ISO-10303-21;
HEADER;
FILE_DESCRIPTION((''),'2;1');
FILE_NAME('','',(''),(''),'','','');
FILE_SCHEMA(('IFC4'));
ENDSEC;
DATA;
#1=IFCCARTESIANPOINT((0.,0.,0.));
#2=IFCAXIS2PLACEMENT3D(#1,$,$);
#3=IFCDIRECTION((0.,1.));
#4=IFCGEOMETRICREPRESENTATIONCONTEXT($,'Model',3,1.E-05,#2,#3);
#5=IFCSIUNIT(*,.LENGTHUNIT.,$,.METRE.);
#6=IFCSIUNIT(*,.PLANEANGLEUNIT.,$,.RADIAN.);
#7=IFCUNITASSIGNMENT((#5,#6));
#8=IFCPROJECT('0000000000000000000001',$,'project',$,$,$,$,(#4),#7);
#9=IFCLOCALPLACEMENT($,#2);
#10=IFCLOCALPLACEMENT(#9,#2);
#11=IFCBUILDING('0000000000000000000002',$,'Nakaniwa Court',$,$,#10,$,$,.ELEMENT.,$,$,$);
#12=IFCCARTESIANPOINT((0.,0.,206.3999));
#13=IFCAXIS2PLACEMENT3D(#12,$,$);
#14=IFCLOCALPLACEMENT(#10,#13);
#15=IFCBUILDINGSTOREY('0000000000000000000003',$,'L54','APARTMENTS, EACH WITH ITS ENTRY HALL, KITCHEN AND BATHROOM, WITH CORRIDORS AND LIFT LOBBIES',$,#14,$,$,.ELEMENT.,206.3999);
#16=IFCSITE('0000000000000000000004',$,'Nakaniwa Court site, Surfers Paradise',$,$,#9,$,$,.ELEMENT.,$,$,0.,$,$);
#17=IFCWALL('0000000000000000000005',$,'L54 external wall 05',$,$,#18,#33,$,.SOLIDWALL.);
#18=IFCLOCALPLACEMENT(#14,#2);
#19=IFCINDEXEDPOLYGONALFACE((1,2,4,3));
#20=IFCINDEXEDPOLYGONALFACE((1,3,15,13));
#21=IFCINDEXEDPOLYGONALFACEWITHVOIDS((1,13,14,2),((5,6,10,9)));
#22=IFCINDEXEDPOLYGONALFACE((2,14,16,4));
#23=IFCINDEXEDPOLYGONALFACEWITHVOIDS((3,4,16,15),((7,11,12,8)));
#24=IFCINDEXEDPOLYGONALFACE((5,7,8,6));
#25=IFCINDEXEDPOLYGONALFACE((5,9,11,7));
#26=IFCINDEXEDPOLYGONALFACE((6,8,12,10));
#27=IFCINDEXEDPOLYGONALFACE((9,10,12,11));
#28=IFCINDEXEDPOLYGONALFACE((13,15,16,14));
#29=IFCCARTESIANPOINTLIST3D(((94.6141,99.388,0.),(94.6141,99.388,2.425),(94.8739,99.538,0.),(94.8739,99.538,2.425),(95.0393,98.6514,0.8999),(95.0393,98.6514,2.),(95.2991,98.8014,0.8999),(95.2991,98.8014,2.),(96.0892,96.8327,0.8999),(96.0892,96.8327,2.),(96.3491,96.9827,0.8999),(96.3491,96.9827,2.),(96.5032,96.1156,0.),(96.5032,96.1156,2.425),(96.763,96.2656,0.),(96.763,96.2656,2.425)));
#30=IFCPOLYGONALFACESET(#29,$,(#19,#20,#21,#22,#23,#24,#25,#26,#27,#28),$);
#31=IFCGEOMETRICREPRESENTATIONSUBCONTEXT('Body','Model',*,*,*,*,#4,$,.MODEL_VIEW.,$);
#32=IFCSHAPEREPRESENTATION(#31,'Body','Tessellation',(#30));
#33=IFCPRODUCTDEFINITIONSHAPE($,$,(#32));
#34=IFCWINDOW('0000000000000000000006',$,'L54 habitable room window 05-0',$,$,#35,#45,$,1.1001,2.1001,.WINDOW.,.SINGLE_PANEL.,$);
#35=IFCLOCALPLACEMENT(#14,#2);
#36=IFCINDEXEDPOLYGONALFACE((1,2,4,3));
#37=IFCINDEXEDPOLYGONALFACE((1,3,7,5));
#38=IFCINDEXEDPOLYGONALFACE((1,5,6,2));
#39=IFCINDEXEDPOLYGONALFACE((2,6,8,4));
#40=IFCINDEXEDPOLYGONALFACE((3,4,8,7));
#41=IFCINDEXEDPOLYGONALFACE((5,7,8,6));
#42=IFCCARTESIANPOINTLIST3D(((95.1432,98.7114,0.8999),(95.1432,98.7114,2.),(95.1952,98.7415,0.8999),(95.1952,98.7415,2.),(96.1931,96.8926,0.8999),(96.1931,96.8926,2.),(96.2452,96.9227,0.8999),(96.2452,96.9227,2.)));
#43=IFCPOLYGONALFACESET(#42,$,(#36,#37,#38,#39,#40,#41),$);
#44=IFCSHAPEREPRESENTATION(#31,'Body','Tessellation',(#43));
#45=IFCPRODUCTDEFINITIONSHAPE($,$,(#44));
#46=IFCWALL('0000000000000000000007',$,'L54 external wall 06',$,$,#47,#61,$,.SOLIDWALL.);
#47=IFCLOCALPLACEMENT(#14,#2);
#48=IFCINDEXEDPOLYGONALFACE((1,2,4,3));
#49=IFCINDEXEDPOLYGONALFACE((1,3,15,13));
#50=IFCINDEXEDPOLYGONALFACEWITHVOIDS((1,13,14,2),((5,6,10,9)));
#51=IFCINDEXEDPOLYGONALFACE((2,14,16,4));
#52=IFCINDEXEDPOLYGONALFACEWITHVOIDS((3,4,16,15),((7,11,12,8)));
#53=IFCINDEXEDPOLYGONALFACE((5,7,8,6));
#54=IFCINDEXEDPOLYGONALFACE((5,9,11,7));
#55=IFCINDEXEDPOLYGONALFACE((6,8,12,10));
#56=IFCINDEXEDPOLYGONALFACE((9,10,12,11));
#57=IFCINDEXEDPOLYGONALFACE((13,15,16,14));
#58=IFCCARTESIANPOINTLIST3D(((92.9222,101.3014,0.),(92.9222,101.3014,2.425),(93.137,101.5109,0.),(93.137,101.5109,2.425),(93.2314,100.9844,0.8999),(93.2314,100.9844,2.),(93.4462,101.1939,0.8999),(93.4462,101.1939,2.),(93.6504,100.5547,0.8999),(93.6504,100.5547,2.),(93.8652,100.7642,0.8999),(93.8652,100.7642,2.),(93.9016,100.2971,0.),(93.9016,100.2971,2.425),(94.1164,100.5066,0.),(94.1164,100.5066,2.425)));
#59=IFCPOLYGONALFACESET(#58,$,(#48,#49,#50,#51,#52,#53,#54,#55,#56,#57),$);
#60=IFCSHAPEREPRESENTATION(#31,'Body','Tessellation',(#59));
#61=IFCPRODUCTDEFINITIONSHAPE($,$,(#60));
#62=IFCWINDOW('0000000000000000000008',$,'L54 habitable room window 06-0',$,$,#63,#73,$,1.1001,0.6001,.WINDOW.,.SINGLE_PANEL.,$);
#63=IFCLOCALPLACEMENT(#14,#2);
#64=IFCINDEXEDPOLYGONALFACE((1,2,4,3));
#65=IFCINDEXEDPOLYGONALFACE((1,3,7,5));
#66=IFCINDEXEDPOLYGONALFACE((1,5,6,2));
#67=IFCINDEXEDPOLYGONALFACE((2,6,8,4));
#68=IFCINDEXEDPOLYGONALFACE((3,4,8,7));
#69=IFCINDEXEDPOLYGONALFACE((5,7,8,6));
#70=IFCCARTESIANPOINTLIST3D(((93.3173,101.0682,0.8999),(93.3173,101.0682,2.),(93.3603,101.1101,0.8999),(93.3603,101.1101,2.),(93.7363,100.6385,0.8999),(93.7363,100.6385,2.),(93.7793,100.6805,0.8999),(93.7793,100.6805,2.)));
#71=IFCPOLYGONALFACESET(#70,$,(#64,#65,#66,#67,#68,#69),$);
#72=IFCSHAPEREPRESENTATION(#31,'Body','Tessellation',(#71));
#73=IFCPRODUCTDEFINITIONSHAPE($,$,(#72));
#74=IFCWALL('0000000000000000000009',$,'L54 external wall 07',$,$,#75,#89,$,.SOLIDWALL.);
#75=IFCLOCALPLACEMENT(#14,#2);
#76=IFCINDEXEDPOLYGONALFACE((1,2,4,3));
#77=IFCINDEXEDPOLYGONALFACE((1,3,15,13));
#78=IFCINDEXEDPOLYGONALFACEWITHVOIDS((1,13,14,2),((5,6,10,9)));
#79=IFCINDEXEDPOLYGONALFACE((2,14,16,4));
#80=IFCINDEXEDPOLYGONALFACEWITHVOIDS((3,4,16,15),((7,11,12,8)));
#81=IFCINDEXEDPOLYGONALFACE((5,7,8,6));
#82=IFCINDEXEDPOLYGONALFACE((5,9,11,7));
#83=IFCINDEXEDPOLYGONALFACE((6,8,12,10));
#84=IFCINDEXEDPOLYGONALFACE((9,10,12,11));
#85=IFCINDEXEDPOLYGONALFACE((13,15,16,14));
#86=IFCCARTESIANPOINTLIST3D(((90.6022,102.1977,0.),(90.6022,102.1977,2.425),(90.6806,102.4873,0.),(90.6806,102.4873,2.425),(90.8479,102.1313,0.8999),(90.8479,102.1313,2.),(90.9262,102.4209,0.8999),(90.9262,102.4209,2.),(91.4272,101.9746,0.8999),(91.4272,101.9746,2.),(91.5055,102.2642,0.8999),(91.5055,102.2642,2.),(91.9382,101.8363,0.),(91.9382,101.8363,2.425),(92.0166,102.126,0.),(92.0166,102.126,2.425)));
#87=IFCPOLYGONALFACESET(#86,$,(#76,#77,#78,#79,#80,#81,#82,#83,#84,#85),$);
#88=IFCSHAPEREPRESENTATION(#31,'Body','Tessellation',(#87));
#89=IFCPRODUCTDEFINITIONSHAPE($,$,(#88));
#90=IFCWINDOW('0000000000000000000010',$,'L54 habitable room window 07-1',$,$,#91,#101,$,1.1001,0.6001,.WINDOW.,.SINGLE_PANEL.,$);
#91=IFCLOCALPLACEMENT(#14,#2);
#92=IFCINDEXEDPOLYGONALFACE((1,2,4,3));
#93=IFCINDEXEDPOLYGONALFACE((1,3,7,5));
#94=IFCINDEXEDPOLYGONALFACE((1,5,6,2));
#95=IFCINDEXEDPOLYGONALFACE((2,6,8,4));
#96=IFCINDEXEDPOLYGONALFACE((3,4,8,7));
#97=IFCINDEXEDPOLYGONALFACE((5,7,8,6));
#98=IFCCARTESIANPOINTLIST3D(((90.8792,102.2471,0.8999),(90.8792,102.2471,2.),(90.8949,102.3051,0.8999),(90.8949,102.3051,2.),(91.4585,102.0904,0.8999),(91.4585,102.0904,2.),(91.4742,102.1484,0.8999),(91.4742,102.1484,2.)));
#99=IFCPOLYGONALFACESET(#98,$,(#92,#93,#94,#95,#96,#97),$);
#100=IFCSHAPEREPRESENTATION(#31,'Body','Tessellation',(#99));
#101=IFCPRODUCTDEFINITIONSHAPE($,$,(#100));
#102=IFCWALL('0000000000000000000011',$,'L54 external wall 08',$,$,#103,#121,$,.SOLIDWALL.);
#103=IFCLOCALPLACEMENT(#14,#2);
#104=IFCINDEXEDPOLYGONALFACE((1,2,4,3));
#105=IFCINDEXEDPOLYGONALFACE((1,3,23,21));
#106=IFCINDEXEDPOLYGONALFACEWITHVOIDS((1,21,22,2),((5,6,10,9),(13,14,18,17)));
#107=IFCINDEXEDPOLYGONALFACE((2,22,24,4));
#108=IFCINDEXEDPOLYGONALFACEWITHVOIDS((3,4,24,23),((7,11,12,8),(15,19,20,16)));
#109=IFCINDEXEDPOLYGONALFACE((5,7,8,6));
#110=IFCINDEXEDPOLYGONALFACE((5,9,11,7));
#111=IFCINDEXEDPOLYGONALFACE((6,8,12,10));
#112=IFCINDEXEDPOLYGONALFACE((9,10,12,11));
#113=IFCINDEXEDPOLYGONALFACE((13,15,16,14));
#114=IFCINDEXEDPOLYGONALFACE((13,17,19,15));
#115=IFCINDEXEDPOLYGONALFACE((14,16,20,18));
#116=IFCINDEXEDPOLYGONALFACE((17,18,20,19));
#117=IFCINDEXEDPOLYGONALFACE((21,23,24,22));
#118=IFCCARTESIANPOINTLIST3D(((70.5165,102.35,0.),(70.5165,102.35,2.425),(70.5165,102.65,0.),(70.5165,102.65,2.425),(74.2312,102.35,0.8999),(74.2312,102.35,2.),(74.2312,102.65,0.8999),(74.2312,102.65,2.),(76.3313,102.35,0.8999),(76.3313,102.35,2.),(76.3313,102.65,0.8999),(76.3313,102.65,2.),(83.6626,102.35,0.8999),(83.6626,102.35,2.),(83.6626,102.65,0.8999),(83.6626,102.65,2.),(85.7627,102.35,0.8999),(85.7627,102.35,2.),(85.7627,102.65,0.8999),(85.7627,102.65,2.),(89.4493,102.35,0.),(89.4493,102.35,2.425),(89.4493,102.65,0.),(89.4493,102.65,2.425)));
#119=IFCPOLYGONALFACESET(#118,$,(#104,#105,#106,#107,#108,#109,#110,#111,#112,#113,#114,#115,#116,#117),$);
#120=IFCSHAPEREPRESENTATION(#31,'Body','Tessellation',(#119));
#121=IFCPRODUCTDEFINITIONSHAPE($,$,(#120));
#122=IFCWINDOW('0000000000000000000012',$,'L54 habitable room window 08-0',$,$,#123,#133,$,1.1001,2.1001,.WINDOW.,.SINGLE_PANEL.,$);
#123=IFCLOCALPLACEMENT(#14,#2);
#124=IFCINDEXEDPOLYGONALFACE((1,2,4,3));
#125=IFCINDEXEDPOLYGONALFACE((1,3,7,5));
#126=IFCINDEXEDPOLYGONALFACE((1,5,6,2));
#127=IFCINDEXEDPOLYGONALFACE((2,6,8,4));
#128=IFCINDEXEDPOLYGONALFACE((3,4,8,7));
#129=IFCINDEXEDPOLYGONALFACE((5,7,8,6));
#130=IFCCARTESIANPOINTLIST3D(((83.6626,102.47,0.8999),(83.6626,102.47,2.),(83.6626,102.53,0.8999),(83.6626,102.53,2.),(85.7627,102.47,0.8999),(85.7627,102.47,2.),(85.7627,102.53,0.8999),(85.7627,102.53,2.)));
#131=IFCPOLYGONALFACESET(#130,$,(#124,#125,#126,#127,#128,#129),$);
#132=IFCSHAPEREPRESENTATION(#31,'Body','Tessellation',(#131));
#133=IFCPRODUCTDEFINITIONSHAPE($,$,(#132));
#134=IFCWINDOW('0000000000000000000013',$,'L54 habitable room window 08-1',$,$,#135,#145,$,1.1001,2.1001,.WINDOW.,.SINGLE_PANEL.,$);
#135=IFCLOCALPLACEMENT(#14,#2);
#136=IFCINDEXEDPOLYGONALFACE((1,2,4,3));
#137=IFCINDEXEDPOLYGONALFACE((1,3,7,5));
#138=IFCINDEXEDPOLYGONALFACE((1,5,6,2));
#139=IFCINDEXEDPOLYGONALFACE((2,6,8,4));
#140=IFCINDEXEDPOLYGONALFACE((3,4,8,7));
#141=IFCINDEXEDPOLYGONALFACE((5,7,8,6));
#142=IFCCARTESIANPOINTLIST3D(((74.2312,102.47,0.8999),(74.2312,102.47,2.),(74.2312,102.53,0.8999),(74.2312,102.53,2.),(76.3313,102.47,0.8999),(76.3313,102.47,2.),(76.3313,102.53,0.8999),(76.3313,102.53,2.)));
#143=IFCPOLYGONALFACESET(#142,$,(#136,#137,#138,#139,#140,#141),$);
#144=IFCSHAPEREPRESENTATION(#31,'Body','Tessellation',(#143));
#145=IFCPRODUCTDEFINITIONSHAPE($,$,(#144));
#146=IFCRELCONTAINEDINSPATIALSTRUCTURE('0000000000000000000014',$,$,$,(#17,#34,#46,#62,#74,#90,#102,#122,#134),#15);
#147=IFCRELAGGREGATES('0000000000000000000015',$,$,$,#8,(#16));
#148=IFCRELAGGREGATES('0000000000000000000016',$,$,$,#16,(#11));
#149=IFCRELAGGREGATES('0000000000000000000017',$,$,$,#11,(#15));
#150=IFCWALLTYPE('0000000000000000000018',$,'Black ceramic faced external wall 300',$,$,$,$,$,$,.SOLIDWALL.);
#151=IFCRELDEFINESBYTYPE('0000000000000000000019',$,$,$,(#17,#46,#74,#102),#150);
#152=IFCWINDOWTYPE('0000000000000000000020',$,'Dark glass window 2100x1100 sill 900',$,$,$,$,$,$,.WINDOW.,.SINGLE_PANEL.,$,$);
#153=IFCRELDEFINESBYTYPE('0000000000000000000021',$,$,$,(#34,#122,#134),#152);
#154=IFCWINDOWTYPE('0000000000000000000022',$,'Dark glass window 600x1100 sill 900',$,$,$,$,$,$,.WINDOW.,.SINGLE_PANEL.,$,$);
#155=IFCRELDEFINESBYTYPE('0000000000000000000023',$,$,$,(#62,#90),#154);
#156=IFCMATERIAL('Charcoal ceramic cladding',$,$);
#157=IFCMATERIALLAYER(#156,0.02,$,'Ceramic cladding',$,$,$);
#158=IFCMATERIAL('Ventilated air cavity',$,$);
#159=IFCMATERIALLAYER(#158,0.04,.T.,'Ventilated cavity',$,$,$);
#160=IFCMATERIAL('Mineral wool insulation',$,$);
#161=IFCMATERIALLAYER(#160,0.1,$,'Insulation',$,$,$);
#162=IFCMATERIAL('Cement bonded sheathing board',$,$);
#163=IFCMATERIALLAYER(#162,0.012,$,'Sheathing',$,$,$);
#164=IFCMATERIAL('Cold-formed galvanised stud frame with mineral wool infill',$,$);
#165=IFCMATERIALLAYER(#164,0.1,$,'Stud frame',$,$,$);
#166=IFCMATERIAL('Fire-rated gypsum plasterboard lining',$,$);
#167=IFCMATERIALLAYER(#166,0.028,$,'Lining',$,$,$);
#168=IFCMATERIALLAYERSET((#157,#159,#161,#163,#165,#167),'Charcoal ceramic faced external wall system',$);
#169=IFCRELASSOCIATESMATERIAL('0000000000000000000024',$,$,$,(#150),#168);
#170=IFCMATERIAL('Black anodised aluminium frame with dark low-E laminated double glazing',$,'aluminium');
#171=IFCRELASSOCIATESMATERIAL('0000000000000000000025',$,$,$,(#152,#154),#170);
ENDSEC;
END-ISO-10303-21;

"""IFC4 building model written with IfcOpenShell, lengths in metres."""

from ifc_helpers import new_model, si_unit, direction, frame, frame_2d, origin, place, context, subcontext, project, spatial, rectangle, extrude, material, layer, layer_set, type_object, element, fill, save


model = new_model("IFC4")

# Units and contexts
model_context = context("Model", 3, precision=1e-05, world=origin(), true_north=direction((0.0, 1.0)))
body_context = subcontext(model_context, "Body", "Model", "MODEL_VIEW")
ifc_project = project(units=[si_unit("LENGTHUNIT", "METRE"), si_unit("PLANEANGLEUNIT", "RADIAN")], contexts=[model_context])

# Site, building, storey
site_placement = place(None, origin())
site = spatial("IfcSite", under=ifc_project, at=site_placement, Name="Nakaniwa Court site, Surfers Paradise", CompositionType="ELEMENT", RefElevation=0.0)
building_placement = place(site_placement, origin())
building = spatial("IfcBuilding", under=site, at=building_placement, Name="Nakaniwa Court", CompositionType="ELEMENT")
storey_placement = place(building_placement, frame((0.0, 0.0, 206.3999)))
storey = spatial("IfcBuildingStorey", under=building, at=storey_placement, Name="L54", Description="APARTMENTS, EACH WITH ITS ENTRY HALL, KITCHEN AND BATHROOM, WITH CORRIDORS AND LIFT LOBBIES", CompositionType="ELEMENT", Elevation=206.3999)

# Walls, openings, windows
ifc_material_1 = material(Name="Charcoal ceramic cladding")
ifc_layer_1 = layer(ifc_material_1, 0.02, Name="Ceramic cladding")
ifc_material_2 = material(Name="Ventilated air cavity")
ifc_layer_2 = layer(ifc_material_2, 0.04, ventilated=True, Name="Ventilated cavity")
ifc_material_3 = material(Name="Mineral wool insulation")
ifc_layer_3 = layer(ifc_material_3, 0.1, Name="Insulation")
ifc_material_4 = material(Name="Cement bonded sheathing board")
ifc_layer_4 = layer(ifc_material_4, 0.012, Name="Sheathing")
ifc_material_5 = material(Name="Cold-formed galvanised stud frame with mineral wool infill")
ifc_layer_5 = layer(ifc_material_5, 0.1, Name="Stud frame")
ifc_material_6 = material(Name="Fire-rated gypsum plasterboard lining")
ifc_layer_6 = layer(ifc_material_6, 0.028, Name="Lining")
ifc_layer_set_1 = layer_set([ifc_layer_1, ifc_layer_2, ifc_layer_3, ifc_layer_4, ifc_layer_5, ifc_layer_6], Name="Charcoal ceramic faced external wall system")
wall_type_1 = type_object("IfcWallType", Name="Black ceramic faced external wall 300", PredefinedType="SOLIDWALL", material=ifc_layer_set_1)
wall_1_placement = place(storey_placement, frame((96.6331, 96.1907, 0.0), z_axis=(0.0, 0.0, 1.0), x_axis=(-0.499961, 0.866048, 0.0)))
wall_1 = element("IfcWall", 1, at=wall_1_placement, inside=storey, type_object=wall_type_1, Name="L54 external wall 05", PredefinedType="SOLIDWALL", context=body_context, shape_type="SweptSolid", body=[
    extrude(rectangle(XDim=3.7786, YDim=0.3, at=frame_2d((1.8892, 0.0))), origin(), (0.0, 0.0, 1.0), 2.425),
])
opening_1_placement = place(wall_1_placement, frame((0.8279, 0.0, 0.8999)))
opening_1 = element("IfcOpeningElement", 2, at=opening_1_placement, cuts=wall_1, PredefinedType="OPENING", context=body_context, shape_type="SweptSolid", body=[
    extrude(rectangle(XDim=2.1001, YDim=1.1001, at=frame_2d((1.05, 0.55))), frame((0.0, 0.1599, 0.0), z_axis=(0.0, -1.0, 0.0), x_axis=(1.0, 0.0, 0.0)), (0.0, 0.0, 1.0), 0.3201),
])
ifc_material_7 = material(Name="Black anodised aluminium frame with dark low-E laminated double glazing", Category="aluminium")
window_type_1 = type_object("IfcWindowType", Name="Dark glass window 2100x1100 sill 900", PartitioningType="SINGLE_PANEL", PredefinedType="WINDOW", material=ifc_material_7)
window_1_placement = place(opening_1_placement, origin())
window_1 = element("IfcWindow", 3, at=window_1_placement, inside=storey, type_object=window_type_1, Name="L54 habitable room window 05-0", OverallHeight=1.1001, OverallWidth=2.1001, PartitioningType="SINGLE_PANEL", PredefinedType="WINDOW", context=body_context, shape_type="SweptSolid", body=[
    extrude(rectangle(XDim=2.1001, YDim=1.1001, at=frame_2d((1.05, 0.55))), frame((0.0, 0.03, 0.0), z_axis=(0.0, -1.0, 0.0), x_axis=(1.0, 0.0, 0.0)), (0.0, 0.0, 1.0), 0.0601),
])
fill(opening_1, window_1)
wall_2_placement = place(storey_placement, frame((94.009, 100.4019, 0.0), z_axis=(0.0, 0.0, 1.0), x_axis=(-0.698176, 0.715926, 0.0)))
wall_2 = element("IfcWall", 4, at=wall_2_placement, inside=storey, type_object=wall_type_1, Name="L54 external wall 06", PredefinedType="SOLIDWALL", context=body_context, shape_type="SweptSolid", body=[
    extrude(rectangle(XDim=1.4028, YDim=0.3, at=frame_2d((0.7014, 0.0))), origin(), (0.0, 0.0, 1.0), 2.425),
])
opening_2_placement = place(wall_2_placement, frame((0.3599, 0.0, 0.8999)))
opening_2 = element("IfcOpeningElement", 5, at=opening_2_placement, cuts=wall_2, PredefinedType="OPENING", context=body_context, shape_type="SweptSolid", body=[
    extrude(rectangle(XDim=0.6001, YDim=1.1001, at=frame_2d((0.3, 0.55))), frame((0.0, 0.1599, 0.0), z_axis=(0.0, -1.0, 0.0), x_axis=(1.0, 0.0, 0.0)), (0.0, 0.0, 1.0), 0.3201),
])
window_type_2 = type_object("IfcWindowType", Name="Dark glass window 600x1100 sill 900", PartitioningType="SINGLE_PANEL", PredefinedType="WINDOW", material=ifc_material_7)
window_2_placement = place(opening_2_placement, origin())
window_2 = element("IfcWindow", 6, at=window_2_placement, inside=storey, type_object=window_type_2, Name="L54 habitable room window 06-0", OverallHeight=1.1001, OverallWidth=0.6001, PartitioningType="SINGLE_PANEL", PredefinedType="WINDOW", context=body_context, shape_type="SweptSolid", body=[
    extrude(rectangle(XDim=0.6001, YDim=1.1001, at=frame_2d((0.3, 0.55))), frame((0.0, 0.03, 0.0), z_axis=(0.0, -1.0, 0.0), x_axis=(1.0, 0.0, 0.0)), (0.0, 0.0, 1.0), 0.0601),
])
fill(opening_2, window_2)
wall_3_placement = place(storey_placement, frame((91.9773, 101.9812, 0.0), z_axis=(0.0, 0.0, 1.0), x_axis=(-0.965315, 0.261087, 0.0)))
wall_3 = element("IfcWall", 7, at=wall_3_placement, inside=storey, type_object=wall_type_1, Name="L54 external wall 07", PredefinedType="SOLIDWALL", context=body_context, shape_type="SweptSolid", body=[
    extrude(rectangle(XDim=1.384, YDim=0.3, at=frame_2d((0.6919, 0.0))), origin(), (0.0, 0.0, 1.0), 2.425),
])
opening_3_placement = place(wall_3_placement, frame((0.5293, 0.0, 0.8999)))
opening_3 = element("IfcOpeningElement", 8, at=opening_3_placement, cuts=wall_3, PredefinedType="OPENING", context=body_context, shape_type="SweptSolid", body=[
    extrude(rectangle(XDim=0.6001, YDim=1.1001, at=frame_2d((0.3, 0.55))), frame((0.0, 0.1599, 0.0), z_axis=(0.0, -1.0, 0.0), x_axis=(1.0, 0.0, 0.0)), (0.0, 0.0, 1.0), 0.3201),
])
window_3_placement = place(opening_3_placement, origin())
window_3 = element("IfcWindow", 9, at=window_3_placement, inside=storey, type_object=window_type_2, Name="L54 habitable room window 07-1", OverallHeight=1.1001, OverallWidth=0.6001, PartitioningType="SINGLE_PANEL", PredefinedType="WINDOW", context=body_context, shape_type="SweptSolid", body=[
    extrude(rectangle(XDim=0.6001, YDim=1.1001, at=frame_2d((0.3, 0.55))), frame((0.0, 0.03, 0.0), z_axis=(0.0, -1.0, 0.0), x_axis=(1.0, 0.0, 0.0)), (0.0, 0.0, 1.0), 0.0601),
])
fill(opening_3, window_3)

# Wall, openings, windows
wall_4_placement = place(storey_placement, frame((89.4492, 102.5, 0.0), z_axis=(0.0, 0.0, 1.0), x_axis=(-1.0, 0.0, 0.0)))
wall_4 = element("IfcWall", 10, at=wall_4_placement, inside=storey, type_object=wall_type_1, Name="L54 external wall 08", PredefinedType="SOLIDWALL", context=body_context, shape_type="SweptSolid", body=[
    extrude(rectangle(XDim=18.9329, YDim=0.3, at=frame_2d((9.4663, 0.0))), origin(), (0.0, 0.0, 1.0), 2.425),
])
opening_4_placement = place(wall_4_placement, frame((3.6865, 0.0, 0.8999)))
opening_4 = element("IfcOpeningElement", 11, at=opening_4_placement, cuts=wall_4, PredefinedType="OPENING", context=body_context, shape_type="SweptSolid", body=[
    extrude(rectangle(XDim=2.1001, YDim=1.1001, at=frame_2d((1.05, 0.55))), frame((0.0, 0.1599, 0.0), z_axis=(0.0, -1.0, 0.0), x_axis=(1.0, 0.0, 0.0)), (0.0, 0.0, 1.0), 0.3201),
])
opening_5_placement = place(wall_4_placement, frame((13.1179, 0.0, 0.8999)))
opening_5 = element("IfcOpeningElement", 12, at=opening_5_placement, cuts=wall_4, PredefinedType="OPENING", context=body_context, shape_type="SweptSolid", body=[
    extrude(rectangle(XDim=2.1001, YDim=1.1001, at=frame_2d((1.05, 0.55))), frame((0.0, 0.1599, 0.0), z_axis=(0.0, -1.0, 0.0), x_axis=(1.0, 0.0, 0.0)), (0.0, 0.0, 1.0), 0.3201),
])
window_4_placement = place(opening_4_placement, origin())
window_4 = element("IfcWindow", 13, at=window_4_placement, inside=storey, type_object=window_type_1, Name="L54 habitable room window 08-0", OverallHeight=1.1001, OverallWidth=2.1001, PartitioningType="SINGLE_PANEL", PredefinedType="WINDOW", context=body_context, shape_type="SweptSolid", body=[
    extrude(rectangle(XDim=2.1001, YDim=1.1001, at=frame_2d((1.05, 0.55))), frame((0.0, 0.03, 0.0), z_axis=(0.0, -1.0, 0.0), x_axis=(1.0, 0.0, 0.0)), (0.0, 0.0, 1.0), 0.0601),
])
fill(opening_4, window_4)
window_5_placement = place(opening_5_placement, origin())
window_5 = element("IfcWindow", 14, at=window_5_placement, inside=storey, type_object=window_type_1, Name="L54 habitable room window 08-1", OverallHeight=1.1001, OverallWidth=2.1001, PartitioningType="SINGLE_PANEL", PredefinedType="WINDOW", context=body_context, shape_type="SweptSolid", body=[
    extrude(rectangle(XDim=2.1001, YDim=1.1001, at=frame_2d((1.05, 0.55))), frame((0.0, 0.03, 0.0), z_axis=(0.0, -1.0, 0.0), x_axis=(1.0, 0.0, 0.0)), (0.0, 0.0, 1.0), 0.0601),
])
fill(opening_5, window_5)

save(model, "model.ifc")
